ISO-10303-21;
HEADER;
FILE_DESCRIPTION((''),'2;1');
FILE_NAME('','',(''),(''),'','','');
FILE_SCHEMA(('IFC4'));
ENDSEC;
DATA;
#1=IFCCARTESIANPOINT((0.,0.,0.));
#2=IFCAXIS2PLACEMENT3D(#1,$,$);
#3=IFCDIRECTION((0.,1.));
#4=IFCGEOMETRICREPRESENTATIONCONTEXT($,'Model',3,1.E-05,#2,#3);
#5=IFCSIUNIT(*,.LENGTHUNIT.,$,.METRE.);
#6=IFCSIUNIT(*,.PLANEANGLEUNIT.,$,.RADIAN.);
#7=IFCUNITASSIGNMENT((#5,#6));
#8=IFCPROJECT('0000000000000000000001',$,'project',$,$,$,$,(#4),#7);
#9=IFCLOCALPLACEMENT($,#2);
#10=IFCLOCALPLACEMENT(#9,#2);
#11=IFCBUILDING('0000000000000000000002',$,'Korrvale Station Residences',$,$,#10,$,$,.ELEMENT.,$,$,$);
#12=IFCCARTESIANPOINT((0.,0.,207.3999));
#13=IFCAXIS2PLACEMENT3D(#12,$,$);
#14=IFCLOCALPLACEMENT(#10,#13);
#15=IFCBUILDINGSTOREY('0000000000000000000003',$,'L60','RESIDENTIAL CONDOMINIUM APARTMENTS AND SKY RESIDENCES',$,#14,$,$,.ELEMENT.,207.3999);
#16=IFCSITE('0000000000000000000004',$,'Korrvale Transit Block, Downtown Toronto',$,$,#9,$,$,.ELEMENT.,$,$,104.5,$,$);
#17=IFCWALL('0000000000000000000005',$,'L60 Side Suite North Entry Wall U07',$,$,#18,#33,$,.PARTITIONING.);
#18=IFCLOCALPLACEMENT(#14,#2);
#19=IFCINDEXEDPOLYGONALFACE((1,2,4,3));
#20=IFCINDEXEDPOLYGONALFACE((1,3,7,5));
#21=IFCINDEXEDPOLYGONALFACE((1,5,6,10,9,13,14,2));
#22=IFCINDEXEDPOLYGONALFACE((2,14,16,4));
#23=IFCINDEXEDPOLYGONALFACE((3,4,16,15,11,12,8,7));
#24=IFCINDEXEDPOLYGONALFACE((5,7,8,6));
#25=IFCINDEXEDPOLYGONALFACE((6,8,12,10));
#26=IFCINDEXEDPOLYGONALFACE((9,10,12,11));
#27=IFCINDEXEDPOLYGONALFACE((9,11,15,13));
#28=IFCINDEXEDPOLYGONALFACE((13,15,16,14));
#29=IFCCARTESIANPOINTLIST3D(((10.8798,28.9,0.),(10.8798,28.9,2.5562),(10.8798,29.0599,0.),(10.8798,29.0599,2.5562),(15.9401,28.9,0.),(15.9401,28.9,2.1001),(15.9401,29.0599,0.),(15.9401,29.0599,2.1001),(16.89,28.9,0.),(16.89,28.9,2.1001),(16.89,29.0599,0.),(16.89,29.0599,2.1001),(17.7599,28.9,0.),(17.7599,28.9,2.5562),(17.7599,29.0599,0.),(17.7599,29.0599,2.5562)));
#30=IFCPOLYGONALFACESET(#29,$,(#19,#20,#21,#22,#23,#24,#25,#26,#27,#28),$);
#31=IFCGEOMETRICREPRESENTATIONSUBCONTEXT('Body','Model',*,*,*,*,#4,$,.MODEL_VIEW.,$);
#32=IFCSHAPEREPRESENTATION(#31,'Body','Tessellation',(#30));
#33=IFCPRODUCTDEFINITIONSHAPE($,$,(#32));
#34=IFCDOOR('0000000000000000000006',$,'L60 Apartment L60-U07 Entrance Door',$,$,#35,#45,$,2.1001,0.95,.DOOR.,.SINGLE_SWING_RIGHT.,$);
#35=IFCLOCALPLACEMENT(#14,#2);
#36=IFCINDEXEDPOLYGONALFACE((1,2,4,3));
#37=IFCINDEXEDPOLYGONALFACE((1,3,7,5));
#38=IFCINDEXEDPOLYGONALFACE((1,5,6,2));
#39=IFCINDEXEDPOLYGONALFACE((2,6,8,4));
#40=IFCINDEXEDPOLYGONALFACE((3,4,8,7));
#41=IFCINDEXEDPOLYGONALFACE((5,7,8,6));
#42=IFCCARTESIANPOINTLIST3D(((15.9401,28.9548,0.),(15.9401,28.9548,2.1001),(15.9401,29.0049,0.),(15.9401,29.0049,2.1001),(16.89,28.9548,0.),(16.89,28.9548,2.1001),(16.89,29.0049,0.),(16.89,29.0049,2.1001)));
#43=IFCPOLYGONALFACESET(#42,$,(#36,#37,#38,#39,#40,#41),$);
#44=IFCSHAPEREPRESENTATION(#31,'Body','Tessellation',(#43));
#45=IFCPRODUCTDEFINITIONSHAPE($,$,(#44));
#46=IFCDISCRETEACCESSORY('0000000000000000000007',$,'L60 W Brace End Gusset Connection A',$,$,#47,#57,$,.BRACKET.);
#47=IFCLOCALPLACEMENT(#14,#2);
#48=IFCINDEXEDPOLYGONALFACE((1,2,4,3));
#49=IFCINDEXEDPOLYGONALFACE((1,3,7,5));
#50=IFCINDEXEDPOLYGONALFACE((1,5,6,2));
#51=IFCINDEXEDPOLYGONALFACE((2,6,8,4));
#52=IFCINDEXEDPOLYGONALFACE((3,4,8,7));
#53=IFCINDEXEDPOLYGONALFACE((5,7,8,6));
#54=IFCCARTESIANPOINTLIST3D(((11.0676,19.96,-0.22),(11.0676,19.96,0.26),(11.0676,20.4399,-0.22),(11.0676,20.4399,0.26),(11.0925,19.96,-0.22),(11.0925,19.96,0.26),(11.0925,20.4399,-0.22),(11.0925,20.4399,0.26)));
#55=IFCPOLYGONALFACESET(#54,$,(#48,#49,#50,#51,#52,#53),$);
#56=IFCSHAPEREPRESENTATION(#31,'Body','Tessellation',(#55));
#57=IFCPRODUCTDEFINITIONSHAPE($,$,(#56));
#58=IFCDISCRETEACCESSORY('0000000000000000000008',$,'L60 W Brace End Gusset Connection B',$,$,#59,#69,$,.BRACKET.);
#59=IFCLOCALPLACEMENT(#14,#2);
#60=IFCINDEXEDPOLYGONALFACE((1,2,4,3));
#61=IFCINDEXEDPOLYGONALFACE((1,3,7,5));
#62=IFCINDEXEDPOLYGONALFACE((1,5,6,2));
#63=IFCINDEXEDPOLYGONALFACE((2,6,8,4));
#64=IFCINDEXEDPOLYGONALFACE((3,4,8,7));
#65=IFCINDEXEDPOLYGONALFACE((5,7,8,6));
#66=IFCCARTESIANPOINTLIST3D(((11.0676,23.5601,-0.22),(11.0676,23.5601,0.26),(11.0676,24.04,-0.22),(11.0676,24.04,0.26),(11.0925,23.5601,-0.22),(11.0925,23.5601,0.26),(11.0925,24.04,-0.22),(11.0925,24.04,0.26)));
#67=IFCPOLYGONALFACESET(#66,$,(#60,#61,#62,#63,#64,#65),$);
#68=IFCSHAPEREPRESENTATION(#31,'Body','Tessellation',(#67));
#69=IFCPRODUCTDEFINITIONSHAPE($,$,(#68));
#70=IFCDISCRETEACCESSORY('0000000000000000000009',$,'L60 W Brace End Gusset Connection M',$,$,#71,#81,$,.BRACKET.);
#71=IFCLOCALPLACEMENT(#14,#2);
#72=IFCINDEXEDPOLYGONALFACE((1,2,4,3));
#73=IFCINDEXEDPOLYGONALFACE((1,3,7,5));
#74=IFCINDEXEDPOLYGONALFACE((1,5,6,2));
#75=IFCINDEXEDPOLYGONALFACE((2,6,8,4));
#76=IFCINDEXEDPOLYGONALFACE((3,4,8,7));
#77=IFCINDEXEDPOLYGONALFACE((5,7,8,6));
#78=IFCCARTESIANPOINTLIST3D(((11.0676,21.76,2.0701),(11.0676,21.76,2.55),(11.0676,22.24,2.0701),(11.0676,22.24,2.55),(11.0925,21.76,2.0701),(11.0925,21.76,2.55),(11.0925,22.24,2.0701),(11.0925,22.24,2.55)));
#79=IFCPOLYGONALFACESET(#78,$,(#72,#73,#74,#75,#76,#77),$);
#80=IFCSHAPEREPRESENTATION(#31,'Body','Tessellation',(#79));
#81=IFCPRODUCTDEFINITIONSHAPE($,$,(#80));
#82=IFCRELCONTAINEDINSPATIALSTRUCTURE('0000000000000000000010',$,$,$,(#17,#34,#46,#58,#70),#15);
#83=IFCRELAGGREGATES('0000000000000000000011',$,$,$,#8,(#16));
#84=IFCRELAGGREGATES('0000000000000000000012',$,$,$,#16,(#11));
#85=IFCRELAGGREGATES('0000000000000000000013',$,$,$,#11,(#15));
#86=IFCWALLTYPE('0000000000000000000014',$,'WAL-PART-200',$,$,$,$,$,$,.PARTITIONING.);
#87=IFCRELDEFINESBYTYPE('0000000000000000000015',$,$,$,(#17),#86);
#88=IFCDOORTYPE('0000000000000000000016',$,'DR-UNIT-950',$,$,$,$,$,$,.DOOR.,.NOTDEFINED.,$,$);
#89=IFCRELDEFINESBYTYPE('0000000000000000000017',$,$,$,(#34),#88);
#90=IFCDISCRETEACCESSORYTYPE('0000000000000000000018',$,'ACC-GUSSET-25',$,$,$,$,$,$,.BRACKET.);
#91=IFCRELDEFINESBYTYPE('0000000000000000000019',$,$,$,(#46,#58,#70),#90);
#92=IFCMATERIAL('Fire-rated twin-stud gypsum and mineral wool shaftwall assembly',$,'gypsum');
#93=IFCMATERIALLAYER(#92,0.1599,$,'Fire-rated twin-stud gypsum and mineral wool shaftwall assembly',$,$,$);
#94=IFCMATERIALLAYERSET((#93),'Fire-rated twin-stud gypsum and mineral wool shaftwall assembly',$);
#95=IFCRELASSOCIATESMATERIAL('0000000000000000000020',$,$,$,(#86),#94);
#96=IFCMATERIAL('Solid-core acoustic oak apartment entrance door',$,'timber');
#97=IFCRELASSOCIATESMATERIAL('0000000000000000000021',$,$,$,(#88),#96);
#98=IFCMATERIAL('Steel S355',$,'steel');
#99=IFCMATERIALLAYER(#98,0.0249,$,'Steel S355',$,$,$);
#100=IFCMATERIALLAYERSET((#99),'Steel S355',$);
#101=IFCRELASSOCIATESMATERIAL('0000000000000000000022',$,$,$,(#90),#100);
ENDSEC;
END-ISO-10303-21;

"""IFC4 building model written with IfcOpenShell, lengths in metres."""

from ifc_helpers import new_model, si_unit, direction, frame, frame_2d, origin, origin_2d, place, context, subcontext, project, spatial, rectangle, extrude, material, layer, layer_set, type_object, element, fill, save


model = new_model("IFC4")

# Units and contexts
model_context = context("Model", 3, precision=1e-05, world=origin(), true_north=direction((0.0, 1.0)))
body_context = subcontext(model_context, "Body", "Model", "MODEL_VIEW")
ifc_project = project(units=[si_unit("LENGTHUNIT", "METRE"), si_unit("PLANEANGLEUNIT", "RADIAN")], contexts=[model_context])

# Site, building, storey
site_placement = place(None, origin())
site = spatial("IfcSite", under=ifc_project, at=site_placement, Name="Korrvale Transit Block, Downtown Toronto", CompositionType="ELEMENT", RefElevation=104.5)
building_placement = place(site_placement, origin())
building = spatial("IfcBuilding", under=site, at=building_placement, Name="Korrvale Station Residences", CompositionType="ELEMENT")
storey_placement = place(building_placement, frame((0.0, 0.0, 207.3999)))
storey = spatial("IfcBuildingStorey", under=building, at=storey_placement, Name="L60", Description="RESIDENTIAL CONDOMINIUM APARTMENTS AND SKY RESIDENCES", CompositionType="ELEMENT", Elevation=207.3999)

# Shared definitions
ifc_material_1 = material(Name="Steel S355", Category="steel")

# Shared definitions
ifc_material_2 = material(Name="Fire-rated twin-stud gypsum and mineral wool shaftwall assembly", Category="gypsum")
ifc_layer_1 = layer(ifc_material_2, 0.1599, Name="Fire-rated twin-stud gypsum and mineral wool shaftwall assembly")
ifc_layer_set_1 = layer_set([ifc_layer_1], Name="Fire-rated twin-stud gypsum and mineral wool shaftwall assembly")
wall_type_1 = type_object("IfcWallType", Name="WAL-PART-200", PredefinedType="PARTITIONING", material=ifc_layer_set_1)

# Wall, opening, door
wall_1_placement = place(storey_placement, frame((10.8799, 28.98, 0.0), z_axis=(0.0, 0.0, 1.0), x_axis=(1.0, 0.0, 0.0)))
wall_1 = element("IfcWall", 1, at=wall_1_placement, inside=storey, type_object=wall_type_1, Name="L60 Side Suite North Entry Wall U07", PredefinedType="PARTITIONING", context=body_context, shape_type="SweptSolid", body=[
    extrude(rectangle(XDim=6.8801, YDim=0.1599, at=frame_2d((3.4399, 0.0))), origin(), (0.0, 0.0, 1.0), 2.5562),
])
opening_1_placement = place(wall_1_placement, frame((5.0601, 0.0, 0.0)))
opening_1 = element("IfcOpeningElement", 2, at=opening_1_placement, cuts=wall_1, PredefinedType="OPENING", context=body_context, shape_type="SweptSolid", body=[
    extrude(rectangle(XDim=0.95, YDim=2.1001, at=frame_2d((0.4751, 1.05))), frame((0.0, 0.0898, 0.0), z_axis=(0.0, -1.0, 0.0), x_axis=(1.0, 0.0, 0.0)), (0.0, 0.0, 1.0), 0.1799),
])
ifc_material_3 = material(Name="Solid-core acoustic oak apartment entrance door", Category="timber")
door_type_1 = type_object("IfcDoorType", Name="DR-UNIT-950", OperationType="NOTDEFINED", PredefinedType="DOOR", material=ifc_material_3)
door_1_placement = place(opening_1_placement, origin())
door_1 = element("IfcDoor", 3, at=door_1_placement, inside=storey, type_object=door_type_1, Name="L60 Apartment L60-U07 Entrance Door", OperationType="SINGLE_SWING_RIGHT", OverallHeight=2.1001, OverallWidth=0.95, PredefinedType="DOOR", context=body_context, shape_type="SweptSolid", body=[
    extrude(rectangle(XDim=0.95, YDim=2.1001, at=frame_2d((0.4751, 1.05))), frame((0.0, 0.0249, 0.0), z_axis=(0.0, -1.0, 0.0), x_axis=(1.0, 0.0, 0.0)), (0.0, 0.0, 1.0), 0.05),
])
fill(opening_1, door_1)

# Discrete accessories
ifc_layer_2 = layer(ifc_material_1, 0.0249, Name="Steel S355")
ifc_layer_set_2 = layer_set([ifc_layer_2], Name="Steel S355")
discrete_accessory_type = type_object("IfcDiscreteAccessoryType", Name="ACC-GUSSET-25", PredefinedType="BRACKET", material=ifc_layer_set_2)
for number, where, z_axis, x_axis, name in (
    (4, (11.0801, 20.2, -0.22), (0.0, 0.0, 1.0), (0.0, 1.0, 0.0), "L60 W Brace End Gusset Connection A"),
    (5, (11.0801, 23.8, -0.22), (0.0, 0.0, 1.0), (0.0, 1.0, 0.0), "L60 W Brace End Gusset Connection B"),
    (6, (11.0801, 22.0, 2.0701), (0.0, 0.0, 1.0), (0.0, 1.0, 0.0), "L60 W Brace End Gusset Connection M"),
):
    element("IfcDiscreteAccessory", number, at=place(storey_placement, frame(where, z_axis=z_axis, x_axis=x_axis)), inside=storey, type_object=discrete_accessory_type, Name=name, PredefinedType="BRACKET", context=body_context, shape_type="SweptSolid", body=[
        extrude(rectangle(XDim=0.48, YDim=0.0249, at=origin_2d()), origin(), (0.0, 0.0, 1.0), 0.48),
    ])

save(model, "model.ifc")
